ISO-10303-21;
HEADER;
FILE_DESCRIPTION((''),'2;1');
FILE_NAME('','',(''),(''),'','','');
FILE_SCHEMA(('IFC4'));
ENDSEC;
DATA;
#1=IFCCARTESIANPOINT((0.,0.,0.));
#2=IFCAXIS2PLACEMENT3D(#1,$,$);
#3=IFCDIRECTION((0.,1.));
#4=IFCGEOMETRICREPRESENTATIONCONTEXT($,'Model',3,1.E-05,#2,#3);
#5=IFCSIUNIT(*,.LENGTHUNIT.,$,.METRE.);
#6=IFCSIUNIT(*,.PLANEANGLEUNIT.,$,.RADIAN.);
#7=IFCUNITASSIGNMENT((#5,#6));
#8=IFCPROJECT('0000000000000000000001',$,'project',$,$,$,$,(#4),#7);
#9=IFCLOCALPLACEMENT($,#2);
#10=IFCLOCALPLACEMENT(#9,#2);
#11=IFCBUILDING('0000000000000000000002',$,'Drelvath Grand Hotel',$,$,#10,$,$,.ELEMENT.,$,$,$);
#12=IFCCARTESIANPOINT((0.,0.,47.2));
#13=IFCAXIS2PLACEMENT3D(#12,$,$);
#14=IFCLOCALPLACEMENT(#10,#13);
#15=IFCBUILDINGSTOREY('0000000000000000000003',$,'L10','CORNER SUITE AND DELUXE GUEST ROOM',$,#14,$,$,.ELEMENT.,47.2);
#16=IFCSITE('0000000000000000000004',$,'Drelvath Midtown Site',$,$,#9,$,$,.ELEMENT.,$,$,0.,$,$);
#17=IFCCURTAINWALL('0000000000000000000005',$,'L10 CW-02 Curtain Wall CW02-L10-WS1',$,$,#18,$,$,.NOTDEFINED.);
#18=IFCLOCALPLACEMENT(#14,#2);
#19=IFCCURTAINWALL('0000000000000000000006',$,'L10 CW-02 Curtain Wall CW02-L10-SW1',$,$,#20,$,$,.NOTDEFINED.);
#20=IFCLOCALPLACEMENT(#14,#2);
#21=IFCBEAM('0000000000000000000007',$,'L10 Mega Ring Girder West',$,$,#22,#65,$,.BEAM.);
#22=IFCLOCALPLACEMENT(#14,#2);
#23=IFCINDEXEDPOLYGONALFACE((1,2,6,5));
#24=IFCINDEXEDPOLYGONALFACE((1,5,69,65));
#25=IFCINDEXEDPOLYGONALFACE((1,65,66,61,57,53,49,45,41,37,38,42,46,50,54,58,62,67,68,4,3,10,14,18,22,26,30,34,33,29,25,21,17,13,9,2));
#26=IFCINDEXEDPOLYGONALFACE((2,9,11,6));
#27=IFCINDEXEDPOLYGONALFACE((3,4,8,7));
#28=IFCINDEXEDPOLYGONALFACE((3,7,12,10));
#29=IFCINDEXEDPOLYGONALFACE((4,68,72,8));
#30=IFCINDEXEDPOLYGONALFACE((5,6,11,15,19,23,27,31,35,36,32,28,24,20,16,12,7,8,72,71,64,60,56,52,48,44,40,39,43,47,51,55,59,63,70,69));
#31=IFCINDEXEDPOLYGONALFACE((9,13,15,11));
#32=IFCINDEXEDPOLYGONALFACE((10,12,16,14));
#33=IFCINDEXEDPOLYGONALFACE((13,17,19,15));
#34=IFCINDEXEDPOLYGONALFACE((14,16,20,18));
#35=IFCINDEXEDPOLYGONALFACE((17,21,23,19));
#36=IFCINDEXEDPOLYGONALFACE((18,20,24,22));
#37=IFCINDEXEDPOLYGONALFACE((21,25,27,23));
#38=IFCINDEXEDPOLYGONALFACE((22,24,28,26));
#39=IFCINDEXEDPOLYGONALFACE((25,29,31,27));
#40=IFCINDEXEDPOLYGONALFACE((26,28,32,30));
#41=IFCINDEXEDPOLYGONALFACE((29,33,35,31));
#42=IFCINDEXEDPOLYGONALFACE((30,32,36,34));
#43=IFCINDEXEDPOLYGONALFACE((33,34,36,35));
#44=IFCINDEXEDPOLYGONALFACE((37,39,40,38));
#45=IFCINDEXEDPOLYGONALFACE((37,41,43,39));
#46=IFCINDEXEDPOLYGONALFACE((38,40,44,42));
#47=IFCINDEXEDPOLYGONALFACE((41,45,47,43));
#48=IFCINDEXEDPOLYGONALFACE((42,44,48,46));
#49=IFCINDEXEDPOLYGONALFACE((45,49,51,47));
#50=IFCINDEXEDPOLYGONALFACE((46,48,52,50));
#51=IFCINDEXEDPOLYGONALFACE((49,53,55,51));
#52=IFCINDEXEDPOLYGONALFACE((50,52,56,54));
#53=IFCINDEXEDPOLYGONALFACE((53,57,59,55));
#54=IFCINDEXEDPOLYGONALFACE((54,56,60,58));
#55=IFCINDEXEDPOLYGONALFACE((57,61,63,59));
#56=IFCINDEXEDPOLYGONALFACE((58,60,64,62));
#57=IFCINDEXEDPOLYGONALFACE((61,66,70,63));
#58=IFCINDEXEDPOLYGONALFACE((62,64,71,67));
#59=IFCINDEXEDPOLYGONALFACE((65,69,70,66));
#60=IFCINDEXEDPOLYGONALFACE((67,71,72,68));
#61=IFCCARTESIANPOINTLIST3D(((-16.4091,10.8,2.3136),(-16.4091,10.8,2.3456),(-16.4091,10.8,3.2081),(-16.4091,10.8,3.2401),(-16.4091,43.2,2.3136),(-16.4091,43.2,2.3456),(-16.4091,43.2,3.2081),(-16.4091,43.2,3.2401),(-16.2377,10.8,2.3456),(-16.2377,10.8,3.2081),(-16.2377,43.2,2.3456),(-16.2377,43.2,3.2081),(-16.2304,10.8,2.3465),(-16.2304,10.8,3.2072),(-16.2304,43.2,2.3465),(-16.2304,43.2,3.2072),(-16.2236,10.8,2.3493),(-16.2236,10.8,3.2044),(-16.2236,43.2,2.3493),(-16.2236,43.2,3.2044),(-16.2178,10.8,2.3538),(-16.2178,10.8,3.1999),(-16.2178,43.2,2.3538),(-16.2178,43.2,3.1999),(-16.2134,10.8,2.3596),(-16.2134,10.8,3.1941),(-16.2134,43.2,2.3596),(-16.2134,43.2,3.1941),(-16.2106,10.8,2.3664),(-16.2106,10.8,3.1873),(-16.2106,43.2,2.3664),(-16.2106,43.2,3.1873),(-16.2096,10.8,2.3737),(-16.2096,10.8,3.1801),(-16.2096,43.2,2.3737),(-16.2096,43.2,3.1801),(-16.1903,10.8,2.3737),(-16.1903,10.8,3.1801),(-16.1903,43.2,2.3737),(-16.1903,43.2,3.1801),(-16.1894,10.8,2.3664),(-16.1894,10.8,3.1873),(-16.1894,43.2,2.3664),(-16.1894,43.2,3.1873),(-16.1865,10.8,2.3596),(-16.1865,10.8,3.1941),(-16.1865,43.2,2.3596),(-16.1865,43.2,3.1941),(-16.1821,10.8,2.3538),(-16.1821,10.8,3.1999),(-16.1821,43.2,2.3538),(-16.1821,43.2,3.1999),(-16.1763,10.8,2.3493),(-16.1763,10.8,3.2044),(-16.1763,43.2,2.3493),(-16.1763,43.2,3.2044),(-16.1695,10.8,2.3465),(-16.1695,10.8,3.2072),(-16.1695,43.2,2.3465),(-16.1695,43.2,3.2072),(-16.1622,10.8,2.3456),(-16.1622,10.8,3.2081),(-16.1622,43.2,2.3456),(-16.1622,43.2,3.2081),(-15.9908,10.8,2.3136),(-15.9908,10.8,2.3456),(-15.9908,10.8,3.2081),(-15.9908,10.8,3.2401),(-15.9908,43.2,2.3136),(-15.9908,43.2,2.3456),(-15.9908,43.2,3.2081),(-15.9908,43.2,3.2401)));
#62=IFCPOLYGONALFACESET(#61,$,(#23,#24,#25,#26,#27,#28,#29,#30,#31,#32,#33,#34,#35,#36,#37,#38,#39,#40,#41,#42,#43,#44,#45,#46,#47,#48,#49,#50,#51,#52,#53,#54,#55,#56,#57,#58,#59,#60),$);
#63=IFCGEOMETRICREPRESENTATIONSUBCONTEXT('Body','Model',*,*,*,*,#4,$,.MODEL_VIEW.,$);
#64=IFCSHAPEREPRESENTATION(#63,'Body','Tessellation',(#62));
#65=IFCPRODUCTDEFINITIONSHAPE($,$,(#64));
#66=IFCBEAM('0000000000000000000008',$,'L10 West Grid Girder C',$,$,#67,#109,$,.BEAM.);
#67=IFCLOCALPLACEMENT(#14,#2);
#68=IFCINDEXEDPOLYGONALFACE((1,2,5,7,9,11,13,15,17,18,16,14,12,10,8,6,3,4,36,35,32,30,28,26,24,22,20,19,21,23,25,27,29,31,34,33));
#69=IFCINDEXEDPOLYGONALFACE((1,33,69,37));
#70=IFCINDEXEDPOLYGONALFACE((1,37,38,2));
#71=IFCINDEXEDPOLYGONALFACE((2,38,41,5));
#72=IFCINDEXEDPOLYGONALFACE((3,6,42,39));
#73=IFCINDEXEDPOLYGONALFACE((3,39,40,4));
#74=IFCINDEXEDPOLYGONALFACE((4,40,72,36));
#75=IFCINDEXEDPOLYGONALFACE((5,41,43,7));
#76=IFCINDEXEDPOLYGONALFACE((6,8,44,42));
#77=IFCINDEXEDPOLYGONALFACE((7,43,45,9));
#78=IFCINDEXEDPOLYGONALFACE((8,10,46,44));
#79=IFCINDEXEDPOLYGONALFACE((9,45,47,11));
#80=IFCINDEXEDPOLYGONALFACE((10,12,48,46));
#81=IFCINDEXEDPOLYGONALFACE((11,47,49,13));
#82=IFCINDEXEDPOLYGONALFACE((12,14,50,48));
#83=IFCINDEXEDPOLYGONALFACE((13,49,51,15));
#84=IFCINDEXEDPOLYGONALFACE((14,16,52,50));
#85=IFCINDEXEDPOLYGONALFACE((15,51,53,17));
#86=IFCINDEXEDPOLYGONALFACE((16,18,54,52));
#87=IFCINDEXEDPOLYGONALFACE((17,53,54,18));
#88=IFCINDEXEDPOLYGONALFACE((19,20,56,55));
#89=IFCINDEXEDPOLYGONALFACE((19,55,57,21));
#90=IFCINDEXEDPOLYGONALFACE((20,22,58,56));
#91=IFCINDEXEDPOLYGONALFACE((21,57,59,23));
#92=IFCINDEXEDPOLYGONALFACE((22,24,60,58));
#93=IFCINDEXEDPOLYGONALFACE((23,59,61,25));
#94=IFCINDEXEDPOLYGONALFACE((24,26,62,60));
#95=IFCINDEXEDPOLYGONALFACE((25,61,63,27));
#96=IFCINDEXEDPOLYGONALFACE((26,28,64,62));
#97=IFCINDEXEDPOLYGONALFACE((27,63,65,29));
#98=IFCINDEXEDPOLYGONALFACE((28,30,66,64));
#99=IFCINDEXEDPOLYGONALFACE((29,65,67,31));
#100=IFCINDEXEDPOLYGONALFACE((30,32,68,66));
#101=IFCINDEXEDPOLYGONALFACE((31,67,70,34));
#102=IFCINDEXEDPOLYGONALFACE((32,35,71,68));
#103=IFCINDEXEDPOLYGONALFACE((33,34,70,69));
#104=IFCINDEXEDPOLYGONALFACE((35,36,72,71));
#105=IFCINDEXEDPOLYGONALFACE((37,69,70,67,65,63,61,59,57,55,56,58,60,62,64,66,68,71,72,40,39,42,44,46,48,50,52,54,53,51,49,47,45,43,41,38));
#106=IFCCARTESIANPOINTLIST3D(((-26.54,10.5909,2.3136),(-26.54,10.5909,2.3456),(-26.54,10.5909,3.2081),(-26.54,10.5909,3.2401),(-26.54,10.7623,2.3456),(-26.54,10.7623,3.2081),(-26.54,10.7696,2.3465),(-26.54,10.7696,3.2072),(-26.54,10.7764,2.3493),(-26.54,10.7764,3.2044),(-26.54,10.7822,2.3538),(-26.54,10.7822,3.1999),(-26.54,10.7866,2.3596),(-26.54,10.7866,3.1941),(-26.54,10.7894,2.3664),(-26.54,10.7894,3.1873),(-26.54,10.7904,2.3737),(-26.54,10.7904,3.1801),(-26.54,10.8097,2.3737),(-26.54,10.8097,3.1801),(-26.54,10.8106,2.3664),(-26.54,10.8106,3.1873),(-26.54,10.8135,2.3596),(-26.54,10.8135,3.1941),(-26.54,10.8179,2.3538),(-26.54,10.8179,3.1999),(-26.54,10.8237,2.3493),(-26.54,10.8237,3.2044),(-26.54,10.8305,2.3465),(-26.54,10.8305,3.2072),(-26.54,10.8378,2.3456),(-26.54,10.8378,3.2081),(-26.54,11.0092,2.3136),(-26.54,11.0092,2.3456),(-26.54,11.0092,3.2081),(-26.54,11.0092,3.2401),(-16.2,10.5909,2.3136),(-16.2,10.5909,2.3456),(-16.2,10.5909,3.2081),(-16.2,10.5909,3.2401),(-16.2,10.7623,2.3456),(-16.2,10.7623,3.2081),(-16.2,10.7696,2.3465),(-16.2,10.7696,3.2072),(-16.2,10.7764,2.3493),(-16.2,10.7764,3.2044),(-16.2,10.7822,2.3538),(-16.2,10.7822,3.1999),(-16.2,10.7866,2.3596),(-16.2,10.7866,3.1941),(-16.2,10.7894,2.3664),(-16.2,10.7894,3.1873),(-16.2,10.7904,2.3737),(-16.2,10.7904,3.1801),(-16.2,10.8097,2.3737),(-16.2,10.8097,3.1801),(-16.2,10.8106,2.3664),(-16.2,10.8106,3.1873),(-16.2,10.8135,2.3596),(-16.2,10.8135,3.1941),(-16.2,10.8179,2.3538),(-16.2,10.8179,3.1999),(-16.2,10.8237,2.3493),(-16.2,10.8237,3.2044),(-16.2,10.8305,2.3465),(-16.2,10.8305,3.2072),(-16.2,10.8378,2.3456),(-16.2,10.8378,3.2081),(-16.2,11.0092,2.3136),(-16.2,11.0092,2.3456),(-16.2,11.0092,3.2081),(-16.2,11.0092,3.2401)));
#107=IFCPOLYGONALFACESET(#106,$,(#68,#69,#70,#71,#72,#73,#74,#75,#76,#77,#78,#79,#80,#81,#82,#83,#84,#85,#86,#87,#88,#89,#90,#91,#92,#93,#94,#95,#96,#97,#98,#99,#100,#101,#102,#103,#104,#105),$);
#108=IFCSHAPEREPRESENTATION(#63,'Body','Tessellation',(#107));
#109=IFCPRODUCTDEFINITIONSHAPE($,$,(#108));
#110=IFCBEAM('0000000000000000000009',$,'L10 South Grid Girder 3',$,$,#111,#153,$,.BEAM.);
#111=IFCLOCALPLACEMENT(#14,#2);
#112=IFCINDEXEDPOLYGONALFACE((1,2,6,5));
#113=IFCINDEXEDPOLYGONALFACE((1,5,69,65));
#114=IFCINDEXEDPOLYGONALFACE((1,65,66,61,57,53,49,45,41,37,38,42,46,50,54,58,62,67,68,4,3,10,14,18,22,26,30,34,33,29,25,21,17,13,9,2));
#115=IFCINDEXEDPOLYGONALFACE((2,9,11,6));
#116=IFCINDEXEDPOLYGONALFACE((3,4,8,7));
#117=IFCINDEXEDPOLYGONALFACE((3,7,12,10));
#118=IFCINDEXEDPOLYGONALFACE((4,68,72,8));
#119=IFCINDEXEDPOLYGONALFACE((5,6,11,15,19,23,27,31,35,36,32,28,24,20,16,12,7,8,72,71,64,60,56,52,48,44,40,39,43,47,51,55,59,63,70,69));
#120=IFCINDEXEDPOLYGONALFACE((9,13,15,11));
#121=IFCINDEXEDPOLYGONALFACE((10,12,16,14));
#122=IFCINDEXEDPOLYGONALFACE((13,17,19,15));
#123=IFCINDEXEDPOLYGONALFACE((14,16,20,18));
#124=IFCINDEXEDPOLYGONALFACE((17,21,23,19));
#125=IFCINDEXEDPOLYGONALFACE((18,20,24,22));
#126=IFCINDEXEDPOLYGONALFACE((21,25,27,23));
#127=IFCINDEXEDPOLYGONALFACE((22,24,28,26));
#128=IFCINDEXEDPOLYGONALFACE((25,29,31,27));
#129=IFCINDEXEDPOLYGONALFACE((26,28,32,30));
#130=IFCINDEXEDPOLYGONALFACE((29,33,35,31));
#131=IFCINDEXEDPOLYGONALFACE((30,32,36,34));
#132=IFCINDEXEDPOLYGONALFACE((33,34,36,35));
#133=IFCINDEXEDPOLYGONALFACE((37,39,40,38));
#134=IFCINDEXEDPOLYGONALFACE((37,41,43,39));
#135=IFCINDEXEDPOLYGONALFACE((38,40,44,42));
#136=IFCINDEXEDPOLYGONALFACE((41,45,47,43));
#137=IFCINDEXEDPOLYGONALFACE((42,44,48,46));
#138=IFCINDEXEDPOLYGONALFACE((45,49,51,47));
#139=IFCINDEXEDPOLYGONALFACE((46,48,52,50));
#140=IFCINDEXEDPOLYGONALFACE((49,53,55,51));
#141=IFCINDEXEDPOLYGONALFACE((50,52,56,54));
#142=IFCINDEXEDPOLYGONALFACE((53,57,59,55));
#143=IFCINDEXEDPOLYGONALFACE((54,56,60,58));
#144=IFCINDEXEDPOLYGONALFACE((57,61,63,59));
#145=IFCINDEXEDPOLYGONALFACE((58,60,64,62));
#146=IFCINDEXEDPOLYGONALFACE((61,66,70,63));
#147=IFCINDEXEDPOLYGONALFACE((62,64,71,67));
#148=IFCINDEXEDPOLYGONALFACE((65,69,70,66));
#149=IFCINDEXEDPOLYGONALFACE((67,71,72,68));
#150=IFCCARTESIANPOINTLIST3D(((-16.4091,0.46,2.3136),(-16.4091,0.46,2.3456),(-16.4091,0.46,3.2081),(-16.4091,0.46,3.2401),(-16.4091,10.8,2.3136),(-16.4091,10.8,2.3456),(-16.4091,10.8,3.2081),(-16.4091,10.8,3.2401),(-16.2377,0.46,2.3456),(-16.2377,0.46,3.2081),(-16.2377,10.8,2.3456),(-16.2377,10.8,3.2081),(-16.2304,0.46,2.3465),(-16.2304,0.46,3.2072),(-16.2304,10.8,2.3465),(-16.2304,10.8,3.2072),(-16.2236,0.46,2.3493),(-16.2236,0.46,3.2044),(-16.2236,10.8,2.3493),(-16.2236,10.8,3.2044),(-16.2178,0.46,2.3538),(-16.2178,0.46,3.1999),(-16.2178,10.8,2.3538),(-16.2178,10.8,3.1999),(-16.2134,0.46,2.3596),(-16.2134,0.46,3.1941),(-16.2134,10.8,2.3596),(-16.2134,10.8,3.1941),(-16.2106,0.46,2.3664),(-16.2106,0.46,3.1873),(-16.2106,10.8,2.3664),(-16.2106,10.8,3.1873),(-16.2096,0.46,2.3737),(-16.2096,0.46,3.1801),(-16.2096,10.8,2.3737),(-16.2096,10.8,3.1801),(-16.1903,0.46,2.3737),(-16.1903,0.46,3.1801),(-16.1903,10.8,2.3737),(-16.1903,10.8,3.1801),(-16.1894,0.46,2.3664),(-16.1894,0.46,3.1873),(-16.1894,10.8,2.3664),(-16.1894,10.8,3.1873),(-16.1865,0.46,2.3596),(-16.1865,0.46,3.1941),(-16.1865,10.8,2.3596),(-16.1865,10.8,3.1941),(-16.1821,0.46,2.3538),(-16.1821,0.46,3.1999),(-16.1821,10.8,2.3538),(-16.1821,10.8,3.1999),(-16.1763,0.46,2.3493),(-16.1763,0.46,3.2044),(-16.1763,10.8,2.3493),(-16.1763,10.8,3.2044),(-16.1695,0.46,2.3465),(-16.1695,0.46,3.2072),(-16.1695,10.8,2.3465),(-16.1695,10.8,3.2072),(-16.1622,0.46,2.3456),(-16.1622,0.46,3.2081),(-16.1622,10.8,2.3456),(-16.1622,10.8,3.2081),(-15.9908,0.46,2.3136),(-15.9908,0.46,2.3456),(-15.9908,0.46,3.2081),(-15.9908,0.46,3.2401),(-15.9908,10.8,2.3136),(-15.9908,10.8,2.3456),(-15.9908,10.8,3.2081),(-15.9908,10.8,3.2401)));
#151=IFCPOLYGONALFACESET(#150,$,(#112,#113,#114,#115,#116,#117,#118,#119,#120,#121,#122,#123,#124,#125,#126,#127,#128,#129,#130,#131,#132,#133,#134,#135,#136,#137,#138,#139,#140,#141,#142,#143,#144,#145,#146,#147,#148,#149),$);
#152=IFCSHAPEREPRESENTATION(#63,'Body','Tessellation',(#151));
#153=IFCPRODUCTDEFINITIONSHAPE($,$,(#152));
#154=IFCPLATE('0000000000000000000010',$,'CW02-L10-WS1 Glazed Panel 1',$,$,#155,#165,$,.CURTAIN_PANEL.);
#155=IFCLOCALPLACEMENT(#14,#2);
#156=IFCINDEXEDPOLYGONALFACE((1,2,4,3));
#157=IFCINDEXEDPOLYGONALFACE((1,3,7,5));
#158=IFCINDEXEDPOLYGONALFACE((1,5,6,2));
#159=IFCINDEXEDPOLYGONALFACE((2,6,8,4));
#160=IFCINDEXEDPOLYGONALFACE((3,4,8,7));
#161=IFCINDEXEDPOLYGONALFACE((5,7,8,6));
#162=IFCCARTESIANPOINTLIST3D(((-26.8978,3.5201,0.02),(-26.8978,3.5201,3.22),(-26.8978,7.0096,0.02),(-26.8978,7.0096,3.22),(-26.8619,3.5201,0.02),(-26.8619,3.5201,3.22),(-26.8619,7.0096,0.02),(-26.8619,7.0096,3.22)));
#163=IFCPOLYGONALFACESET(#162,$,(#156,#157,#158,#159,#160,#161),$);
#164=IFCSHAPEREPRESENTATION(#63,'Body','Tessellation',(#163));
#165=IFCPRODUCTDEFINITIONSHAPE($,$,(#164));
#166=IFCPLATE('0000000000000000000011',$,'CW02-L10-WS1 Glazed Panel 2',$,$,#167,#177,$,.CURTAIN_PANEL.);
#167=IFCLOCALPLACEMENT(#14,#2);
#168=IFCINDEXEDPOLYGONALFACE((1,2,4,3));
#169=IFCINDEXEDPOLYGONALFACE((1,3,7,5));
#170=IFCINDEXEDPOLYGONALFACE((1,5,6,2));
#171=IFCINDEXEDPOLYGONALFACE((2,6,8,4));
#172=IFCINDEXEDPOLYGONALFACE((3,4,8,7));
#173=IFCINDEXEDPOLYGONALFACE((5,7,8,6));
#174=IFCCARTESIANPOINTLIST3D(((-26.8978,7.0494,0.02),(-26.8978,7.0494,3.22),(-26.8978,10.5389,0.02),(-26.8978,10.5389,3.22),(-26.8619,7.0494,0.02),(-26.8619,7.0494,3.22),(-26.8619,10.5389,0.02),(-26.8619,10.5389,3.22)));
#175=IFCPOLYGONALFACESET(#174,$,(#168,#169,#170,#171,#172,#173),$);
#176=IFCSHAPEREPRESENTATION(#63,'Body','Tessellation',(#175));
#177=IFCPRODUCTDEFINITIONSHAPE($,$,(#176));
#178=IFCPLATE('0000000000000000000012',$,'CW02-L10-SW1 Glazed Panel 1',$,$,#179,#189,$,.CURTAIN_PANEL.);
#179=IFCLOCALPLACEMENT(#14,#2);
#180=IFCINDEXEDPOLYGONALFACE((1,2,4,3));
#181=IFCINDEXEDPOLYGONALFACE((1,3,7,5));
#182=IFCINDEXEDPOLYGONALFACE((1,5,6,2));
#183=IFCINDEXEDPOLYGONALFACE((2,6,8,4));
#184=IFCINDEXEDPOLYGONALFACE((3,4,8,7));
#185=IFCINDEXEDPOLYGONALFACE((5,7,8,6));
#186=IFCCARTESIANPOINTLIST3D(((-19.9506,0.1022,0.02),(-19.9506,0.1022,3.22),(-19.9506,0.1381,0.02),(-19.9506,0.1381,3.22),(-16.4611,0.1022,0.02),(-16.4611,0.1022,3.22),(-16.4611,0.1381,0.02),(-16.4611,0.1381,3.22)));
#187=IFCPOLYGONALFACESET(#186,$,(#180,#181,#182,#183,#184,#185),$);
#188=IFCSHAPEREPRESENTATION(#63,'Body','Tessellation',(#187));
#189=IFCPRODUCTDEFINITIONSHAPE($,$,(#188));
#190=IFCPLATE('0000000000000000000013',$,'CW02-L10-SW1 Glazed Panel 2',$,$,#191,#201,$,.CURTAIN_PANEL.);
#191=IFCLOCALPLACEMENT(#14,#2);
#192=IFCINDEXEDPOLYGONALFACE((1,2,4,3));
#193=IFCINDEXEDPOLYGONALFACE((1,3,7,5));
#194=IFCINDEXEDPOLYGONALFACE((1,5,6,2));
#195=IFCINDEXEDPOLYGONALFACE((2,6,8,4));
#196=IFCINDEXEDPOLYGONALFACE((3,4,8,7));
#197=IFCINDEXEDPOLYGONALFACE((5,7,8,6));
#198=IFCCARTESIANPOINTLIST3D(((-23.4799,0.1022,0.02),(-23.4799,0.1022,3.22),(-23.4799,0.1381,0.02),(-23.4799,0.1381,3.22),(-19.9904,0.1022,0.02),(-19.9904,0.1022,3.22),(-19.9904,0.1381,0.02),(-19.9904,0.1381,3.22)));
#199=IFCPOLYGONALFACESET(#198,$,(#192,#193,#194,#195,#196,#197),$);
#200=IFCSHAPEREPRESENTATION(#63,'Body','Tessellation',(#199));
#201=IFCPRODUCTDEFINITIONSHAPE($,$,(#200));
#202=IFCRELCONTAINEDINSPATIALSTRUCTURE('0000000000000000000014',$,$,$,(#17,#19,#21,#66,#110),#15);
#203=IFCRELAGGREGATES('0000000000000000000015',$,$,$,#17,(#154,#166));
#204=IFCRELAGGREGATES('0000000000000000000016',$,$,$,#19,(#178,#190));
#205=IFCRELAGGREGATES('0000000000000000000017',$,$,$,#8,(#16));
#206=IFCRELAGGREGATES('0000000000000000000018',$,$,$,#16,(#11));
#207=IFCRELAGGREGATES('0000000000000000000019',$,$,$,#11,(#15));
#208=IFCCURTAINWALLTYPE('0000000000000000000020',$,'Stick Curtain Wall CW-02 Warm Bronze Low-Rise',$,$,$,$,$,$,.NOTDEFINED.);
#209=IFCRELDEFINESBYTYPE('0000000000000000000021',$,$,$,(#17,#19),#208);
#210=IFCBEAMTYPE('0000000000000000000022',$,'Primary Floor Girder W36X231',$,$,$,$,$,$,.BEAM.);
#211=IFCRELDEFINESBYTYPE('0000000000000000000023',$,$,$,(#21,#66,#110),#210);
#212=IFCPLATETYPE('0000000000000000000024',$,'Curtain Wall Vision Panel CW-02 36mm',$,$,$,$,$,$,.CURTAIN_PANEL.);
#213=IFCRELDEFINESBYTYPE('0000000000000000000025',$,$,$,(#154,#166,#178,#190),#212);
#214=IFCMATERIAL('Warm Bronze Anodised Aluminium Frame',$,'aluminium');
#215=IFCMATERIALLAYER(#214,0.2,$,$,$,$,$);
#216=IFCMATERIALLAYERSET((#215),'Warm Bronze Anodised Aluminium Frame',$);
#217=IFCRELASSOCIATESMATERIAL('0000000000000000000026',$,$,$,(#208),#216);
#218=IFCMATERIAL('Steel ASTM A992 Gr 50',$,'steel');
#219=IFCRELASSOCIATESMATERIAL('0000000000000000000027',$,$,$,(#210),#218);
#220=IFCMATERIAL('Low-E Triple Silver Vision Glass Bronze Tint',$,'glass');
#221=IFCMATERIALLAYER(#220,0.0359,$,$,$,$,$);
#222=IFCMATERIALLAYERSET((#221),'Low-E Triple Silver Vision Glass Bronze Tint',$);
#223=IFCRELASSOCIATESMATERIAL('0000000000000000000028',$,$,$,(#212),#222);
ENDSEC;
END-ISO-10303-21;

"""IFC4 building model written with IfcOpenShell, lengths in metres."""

from ifc_helpers import new_model, si_unit, direction, frame, origin, origin_2d, place, context, subcontext, project, spatial, rectangle, i_section, extrude, material, layer, layer_set, material_profile, profile_set, type_object, element, aggregate, save


model = new_model("IFC4")

# Units and contexts
model_context = context("Model", 3, precision=1e-05, world=origin(), true_north=direction((0.0, 1.0)))
body_context = subcontext(model_context, "Body", "Model", "MODEL_VIEW")
ifc_project = project(units=[si_unit("LENGTHUNIT", "METRE"), si_unit("PLANEANGLEUNIT", "RADIAN")], contexts=[model_context])

# Site, building, storey
site_placement = place(None, origin())
site = spatial("IfcSite", under=ifc_project, at=site_placement, Name="Drelvath Midtown Site", CompositionType="ELEMENT", RefElevation=0.0)
building_placement = place(site_placement, origin())
building = spatial("IfcBuilding", under=site, at=building_placement, Name="Drelvath Grand Hotel", CompositionType="ELEMENT")
storey_placement = place(building_placement, frame((0.0, 0.0, 47.2)))
storey = spatial("IfcBuildingStorey", under=building, at=storey_placement, Name="L10", Description="CORNER SUITE AND DELUXE GUEST ROOM", CompositionType="ELEMENT", Elevation=47.2)

# Curtain walls
ifc_material_1 = material(Name="Warm Bronze Anodised Aluminium Frame", Category="aluminium")
ifc_layer_1 = layer(ifc_material_1, 0.2)
ifc_layer_set_1 = layer_set([ifc_layer_1], Name="Warm Bronze Anodised Aluminium Frame")
curtain_wall_type = type_object("IfcCurtainWallType", Name="Stick Curtain Wall CW-02 Warm Bronze Low-Rise", PredefinedType="NOTDEFINED", material=ifc_layer_set_1)
curtain_wall_1_placement = place(storey_placement, origin())
curtain_wall_1 = element("IfcCurtainWall", 1, at=curtain_wall_1_placement, inside=storey, type_object=curtain_wall_type, Name="L10 CW-02 Curtain Wall CW02-L10-WS1", PredefinedType="NOTDEFINED")
curtain_wall_2_placement = place(storey_placement, origin())
curtain_wall_2 = element("IfcCurtainWall", 2, at=curtain_wall_2_placement, inside=storey, type_object=curtain_wall_type, Name="L10 CW-02 Curtain Wall CW02-L10-SW1", PredefinedType="NOTDEFINED")

# Beams
ifc_material_2 = material(Name="Steel ASTM A992 Gr 50", Category="steel")
ifc_material_profile_1 = material_profile(ifc_material_2, i_section(OverallWidth=0.4182, OverallDepth=0.9265, WebThickness=0.0193, FlangeThickness=0.032, FilletRadius=0.0281, at=origin_2d()), Name="W36X231")
ifc_profile_set_1 = profile_set([ifc_material_profile_1], Name="Steel ASTM A992 Gr 50")
beam_type_1 = type_object("IfcBeamType", Name="Primary Floor Girder W36X231", PredefinedType="BEAM", material=ifc_profile_set_1)
for number, where, z_axis, x_axis, name in (
    (3, (-16.2, 10.8, 2.7769), (0.0, 1.0, 0.0), (-1.0, 0.0, 0.0), "L10 Mega Ring Girder West"),
):
    element("IfcBeam", number, at=place(storey_placement, frame(where, z_axis=z_axis, x_axis=x_axis)), inside=storey, type_object=beam_type_1, Name=name, PredefinedType="BEAM", context=body_context, shape_type="SweptSolid", body=[
        extrude(i_section(OverallWidth=0.4182, OverallDepth=0.9265, WebThickness=0.0193, FlangeThickness=0.032, FilletRadius=0.0281, at=origin_2d()), origin(), (0.0, 0.0, 1.0), 32.3999),
    ])
for number, where, z_axis, x_axis, name in (
    (4, (-26.54, 10.8, 2.7769), (1.0, 0.0, 0.0), (0.0, 1.0, 0.0), "L10 West Grid Girder C"),
    (5, (-16.2, 0.46, 2.7769), (0.0, 1.0, 0.0), (-1.0, 0.0, 0.0), "L10 South Grid Girder 3"),
):
    element("IfcBeam", number, at=place(storey_placement, frame(where, z_axis=z_axis, x_axis=x_axis)), inside=storey, type_object=beam_type_1, Name=name, PredefinedType="BEAM", context=body_context, shape_type="SweptSolid", body=[
        extrude(i_section(OverallWidth=0.4182, OverallDepth=0.9265, WebThickness=0.0193, FlangeThickness=0.032, FilletRadius=0.0281, at=origin_2d()), origin(), (0.0, 0.0, 1.0), 10.3401),
    ])

# Plates
ifc_material_3 = material(Name="Low-E Triple Silver Vision Glass Bronze Tint", Category="glass")
ifc_layer_2 = layer(ifc_material_3, 0.0359)
ifc_layer_set_2 = layer_set([ifc_layer_2], Name="Low-E Triple Silver Vision Glass Bronze Tint")
plate_type = type_object("IfcPlateType", Name="Curtain Wall Vision Panel CW-02 36mm", PredefinedType="CURTAIN_PANEL", material=ifc_layer_set_2)
plate_1_placement = place(storey_placement, frame((-26.8799, 5.2649, 0.02), z_axis=(0.0, 0.0, 1.0), x_axis=(0.0, 1.0, 0.0)))
plate_1 = element("IfcPlate", 6, at=plate_1_placement, type_object=plate_type, Name="CW02-L10-WS1 Glazed Panel 1", PredefinedType="CURTAIN_PANEL", context=body_context, shape_type="SweptSolid", body=[
    extrude(rectangle(XDim=3.4895, YDim=0.0359, at=origin_2d()), origin(), (0.0, 0.0, 1.0), 3.2),
])
plate_2_placement = place(storey_placement, frame((-26.8799, 8.7942, 0.02), z_axis=(0.0, 0.0, 1.0), x_axis=(0.0, 1.0, 0.0)))
plate_2 = element("IfcPlate", 7, at=plate_2_placement, type_object=plate_type, Name="CW02-L10-WS1 Glazed Panel 2", PredefinedType="CURTAIN_PANEL", context=body_context, shape_type="SweptSolid", body=[
    extrude(rectangle(XDim=3.4895, YDim=0.0359, at=origin_2d()), origin(), (0.0, 0.0, 1.0), 3.2),
])
aggregate(curtain_wall_1, [plate_1, plate_2])
plate_3_placement = place(storey_placement, frame((-18.2058, 0.1201, 0.02), z_axis=(0.0, 0.0, 1.0), x_axis=(-1.0, 0.0, 0.0)))
plate_3 = element("IfcPlate", 8, at=plate_3_placement, type_object=plate_type, Name="CW02-L10-SW1 Glazed Panel 1", PredefinedType="CURTAIN_PANEL", context=body_context, shape_type="SweptSolid", body=[
    extrude(rectangle(XDim=3.4895, YDim=0.0359, at=origin_2d()), origin(), (0.0, 0.0, 1.0), 3.2),
])
plate_4_placement = place(storey_placement, frame((-21.7351, 0.1201, 0.02), z_axis=(0.0, 0.0, 1.0), x_axis=(-1.0, 0.0, 0.0)))
plate_4 = element("IfcPlate", 9, at=plate_4_placement, type_object=plate_type, Name="CW02-L10-SW1 Glazed Panel 2", PredefinedType="CURTAIN_PANEL", context=body_context, shape_type="SweptSolid", body=[
    extrude(rectangle(XDim=3.4895, YDim=0.0359, at=origin_2d()), origin(), (0.0, 0.0, 1.0), 3.2),
])
aggregate(curtain_wall_2, [plate_3, plate_4])

save(model, "model.ifc")
